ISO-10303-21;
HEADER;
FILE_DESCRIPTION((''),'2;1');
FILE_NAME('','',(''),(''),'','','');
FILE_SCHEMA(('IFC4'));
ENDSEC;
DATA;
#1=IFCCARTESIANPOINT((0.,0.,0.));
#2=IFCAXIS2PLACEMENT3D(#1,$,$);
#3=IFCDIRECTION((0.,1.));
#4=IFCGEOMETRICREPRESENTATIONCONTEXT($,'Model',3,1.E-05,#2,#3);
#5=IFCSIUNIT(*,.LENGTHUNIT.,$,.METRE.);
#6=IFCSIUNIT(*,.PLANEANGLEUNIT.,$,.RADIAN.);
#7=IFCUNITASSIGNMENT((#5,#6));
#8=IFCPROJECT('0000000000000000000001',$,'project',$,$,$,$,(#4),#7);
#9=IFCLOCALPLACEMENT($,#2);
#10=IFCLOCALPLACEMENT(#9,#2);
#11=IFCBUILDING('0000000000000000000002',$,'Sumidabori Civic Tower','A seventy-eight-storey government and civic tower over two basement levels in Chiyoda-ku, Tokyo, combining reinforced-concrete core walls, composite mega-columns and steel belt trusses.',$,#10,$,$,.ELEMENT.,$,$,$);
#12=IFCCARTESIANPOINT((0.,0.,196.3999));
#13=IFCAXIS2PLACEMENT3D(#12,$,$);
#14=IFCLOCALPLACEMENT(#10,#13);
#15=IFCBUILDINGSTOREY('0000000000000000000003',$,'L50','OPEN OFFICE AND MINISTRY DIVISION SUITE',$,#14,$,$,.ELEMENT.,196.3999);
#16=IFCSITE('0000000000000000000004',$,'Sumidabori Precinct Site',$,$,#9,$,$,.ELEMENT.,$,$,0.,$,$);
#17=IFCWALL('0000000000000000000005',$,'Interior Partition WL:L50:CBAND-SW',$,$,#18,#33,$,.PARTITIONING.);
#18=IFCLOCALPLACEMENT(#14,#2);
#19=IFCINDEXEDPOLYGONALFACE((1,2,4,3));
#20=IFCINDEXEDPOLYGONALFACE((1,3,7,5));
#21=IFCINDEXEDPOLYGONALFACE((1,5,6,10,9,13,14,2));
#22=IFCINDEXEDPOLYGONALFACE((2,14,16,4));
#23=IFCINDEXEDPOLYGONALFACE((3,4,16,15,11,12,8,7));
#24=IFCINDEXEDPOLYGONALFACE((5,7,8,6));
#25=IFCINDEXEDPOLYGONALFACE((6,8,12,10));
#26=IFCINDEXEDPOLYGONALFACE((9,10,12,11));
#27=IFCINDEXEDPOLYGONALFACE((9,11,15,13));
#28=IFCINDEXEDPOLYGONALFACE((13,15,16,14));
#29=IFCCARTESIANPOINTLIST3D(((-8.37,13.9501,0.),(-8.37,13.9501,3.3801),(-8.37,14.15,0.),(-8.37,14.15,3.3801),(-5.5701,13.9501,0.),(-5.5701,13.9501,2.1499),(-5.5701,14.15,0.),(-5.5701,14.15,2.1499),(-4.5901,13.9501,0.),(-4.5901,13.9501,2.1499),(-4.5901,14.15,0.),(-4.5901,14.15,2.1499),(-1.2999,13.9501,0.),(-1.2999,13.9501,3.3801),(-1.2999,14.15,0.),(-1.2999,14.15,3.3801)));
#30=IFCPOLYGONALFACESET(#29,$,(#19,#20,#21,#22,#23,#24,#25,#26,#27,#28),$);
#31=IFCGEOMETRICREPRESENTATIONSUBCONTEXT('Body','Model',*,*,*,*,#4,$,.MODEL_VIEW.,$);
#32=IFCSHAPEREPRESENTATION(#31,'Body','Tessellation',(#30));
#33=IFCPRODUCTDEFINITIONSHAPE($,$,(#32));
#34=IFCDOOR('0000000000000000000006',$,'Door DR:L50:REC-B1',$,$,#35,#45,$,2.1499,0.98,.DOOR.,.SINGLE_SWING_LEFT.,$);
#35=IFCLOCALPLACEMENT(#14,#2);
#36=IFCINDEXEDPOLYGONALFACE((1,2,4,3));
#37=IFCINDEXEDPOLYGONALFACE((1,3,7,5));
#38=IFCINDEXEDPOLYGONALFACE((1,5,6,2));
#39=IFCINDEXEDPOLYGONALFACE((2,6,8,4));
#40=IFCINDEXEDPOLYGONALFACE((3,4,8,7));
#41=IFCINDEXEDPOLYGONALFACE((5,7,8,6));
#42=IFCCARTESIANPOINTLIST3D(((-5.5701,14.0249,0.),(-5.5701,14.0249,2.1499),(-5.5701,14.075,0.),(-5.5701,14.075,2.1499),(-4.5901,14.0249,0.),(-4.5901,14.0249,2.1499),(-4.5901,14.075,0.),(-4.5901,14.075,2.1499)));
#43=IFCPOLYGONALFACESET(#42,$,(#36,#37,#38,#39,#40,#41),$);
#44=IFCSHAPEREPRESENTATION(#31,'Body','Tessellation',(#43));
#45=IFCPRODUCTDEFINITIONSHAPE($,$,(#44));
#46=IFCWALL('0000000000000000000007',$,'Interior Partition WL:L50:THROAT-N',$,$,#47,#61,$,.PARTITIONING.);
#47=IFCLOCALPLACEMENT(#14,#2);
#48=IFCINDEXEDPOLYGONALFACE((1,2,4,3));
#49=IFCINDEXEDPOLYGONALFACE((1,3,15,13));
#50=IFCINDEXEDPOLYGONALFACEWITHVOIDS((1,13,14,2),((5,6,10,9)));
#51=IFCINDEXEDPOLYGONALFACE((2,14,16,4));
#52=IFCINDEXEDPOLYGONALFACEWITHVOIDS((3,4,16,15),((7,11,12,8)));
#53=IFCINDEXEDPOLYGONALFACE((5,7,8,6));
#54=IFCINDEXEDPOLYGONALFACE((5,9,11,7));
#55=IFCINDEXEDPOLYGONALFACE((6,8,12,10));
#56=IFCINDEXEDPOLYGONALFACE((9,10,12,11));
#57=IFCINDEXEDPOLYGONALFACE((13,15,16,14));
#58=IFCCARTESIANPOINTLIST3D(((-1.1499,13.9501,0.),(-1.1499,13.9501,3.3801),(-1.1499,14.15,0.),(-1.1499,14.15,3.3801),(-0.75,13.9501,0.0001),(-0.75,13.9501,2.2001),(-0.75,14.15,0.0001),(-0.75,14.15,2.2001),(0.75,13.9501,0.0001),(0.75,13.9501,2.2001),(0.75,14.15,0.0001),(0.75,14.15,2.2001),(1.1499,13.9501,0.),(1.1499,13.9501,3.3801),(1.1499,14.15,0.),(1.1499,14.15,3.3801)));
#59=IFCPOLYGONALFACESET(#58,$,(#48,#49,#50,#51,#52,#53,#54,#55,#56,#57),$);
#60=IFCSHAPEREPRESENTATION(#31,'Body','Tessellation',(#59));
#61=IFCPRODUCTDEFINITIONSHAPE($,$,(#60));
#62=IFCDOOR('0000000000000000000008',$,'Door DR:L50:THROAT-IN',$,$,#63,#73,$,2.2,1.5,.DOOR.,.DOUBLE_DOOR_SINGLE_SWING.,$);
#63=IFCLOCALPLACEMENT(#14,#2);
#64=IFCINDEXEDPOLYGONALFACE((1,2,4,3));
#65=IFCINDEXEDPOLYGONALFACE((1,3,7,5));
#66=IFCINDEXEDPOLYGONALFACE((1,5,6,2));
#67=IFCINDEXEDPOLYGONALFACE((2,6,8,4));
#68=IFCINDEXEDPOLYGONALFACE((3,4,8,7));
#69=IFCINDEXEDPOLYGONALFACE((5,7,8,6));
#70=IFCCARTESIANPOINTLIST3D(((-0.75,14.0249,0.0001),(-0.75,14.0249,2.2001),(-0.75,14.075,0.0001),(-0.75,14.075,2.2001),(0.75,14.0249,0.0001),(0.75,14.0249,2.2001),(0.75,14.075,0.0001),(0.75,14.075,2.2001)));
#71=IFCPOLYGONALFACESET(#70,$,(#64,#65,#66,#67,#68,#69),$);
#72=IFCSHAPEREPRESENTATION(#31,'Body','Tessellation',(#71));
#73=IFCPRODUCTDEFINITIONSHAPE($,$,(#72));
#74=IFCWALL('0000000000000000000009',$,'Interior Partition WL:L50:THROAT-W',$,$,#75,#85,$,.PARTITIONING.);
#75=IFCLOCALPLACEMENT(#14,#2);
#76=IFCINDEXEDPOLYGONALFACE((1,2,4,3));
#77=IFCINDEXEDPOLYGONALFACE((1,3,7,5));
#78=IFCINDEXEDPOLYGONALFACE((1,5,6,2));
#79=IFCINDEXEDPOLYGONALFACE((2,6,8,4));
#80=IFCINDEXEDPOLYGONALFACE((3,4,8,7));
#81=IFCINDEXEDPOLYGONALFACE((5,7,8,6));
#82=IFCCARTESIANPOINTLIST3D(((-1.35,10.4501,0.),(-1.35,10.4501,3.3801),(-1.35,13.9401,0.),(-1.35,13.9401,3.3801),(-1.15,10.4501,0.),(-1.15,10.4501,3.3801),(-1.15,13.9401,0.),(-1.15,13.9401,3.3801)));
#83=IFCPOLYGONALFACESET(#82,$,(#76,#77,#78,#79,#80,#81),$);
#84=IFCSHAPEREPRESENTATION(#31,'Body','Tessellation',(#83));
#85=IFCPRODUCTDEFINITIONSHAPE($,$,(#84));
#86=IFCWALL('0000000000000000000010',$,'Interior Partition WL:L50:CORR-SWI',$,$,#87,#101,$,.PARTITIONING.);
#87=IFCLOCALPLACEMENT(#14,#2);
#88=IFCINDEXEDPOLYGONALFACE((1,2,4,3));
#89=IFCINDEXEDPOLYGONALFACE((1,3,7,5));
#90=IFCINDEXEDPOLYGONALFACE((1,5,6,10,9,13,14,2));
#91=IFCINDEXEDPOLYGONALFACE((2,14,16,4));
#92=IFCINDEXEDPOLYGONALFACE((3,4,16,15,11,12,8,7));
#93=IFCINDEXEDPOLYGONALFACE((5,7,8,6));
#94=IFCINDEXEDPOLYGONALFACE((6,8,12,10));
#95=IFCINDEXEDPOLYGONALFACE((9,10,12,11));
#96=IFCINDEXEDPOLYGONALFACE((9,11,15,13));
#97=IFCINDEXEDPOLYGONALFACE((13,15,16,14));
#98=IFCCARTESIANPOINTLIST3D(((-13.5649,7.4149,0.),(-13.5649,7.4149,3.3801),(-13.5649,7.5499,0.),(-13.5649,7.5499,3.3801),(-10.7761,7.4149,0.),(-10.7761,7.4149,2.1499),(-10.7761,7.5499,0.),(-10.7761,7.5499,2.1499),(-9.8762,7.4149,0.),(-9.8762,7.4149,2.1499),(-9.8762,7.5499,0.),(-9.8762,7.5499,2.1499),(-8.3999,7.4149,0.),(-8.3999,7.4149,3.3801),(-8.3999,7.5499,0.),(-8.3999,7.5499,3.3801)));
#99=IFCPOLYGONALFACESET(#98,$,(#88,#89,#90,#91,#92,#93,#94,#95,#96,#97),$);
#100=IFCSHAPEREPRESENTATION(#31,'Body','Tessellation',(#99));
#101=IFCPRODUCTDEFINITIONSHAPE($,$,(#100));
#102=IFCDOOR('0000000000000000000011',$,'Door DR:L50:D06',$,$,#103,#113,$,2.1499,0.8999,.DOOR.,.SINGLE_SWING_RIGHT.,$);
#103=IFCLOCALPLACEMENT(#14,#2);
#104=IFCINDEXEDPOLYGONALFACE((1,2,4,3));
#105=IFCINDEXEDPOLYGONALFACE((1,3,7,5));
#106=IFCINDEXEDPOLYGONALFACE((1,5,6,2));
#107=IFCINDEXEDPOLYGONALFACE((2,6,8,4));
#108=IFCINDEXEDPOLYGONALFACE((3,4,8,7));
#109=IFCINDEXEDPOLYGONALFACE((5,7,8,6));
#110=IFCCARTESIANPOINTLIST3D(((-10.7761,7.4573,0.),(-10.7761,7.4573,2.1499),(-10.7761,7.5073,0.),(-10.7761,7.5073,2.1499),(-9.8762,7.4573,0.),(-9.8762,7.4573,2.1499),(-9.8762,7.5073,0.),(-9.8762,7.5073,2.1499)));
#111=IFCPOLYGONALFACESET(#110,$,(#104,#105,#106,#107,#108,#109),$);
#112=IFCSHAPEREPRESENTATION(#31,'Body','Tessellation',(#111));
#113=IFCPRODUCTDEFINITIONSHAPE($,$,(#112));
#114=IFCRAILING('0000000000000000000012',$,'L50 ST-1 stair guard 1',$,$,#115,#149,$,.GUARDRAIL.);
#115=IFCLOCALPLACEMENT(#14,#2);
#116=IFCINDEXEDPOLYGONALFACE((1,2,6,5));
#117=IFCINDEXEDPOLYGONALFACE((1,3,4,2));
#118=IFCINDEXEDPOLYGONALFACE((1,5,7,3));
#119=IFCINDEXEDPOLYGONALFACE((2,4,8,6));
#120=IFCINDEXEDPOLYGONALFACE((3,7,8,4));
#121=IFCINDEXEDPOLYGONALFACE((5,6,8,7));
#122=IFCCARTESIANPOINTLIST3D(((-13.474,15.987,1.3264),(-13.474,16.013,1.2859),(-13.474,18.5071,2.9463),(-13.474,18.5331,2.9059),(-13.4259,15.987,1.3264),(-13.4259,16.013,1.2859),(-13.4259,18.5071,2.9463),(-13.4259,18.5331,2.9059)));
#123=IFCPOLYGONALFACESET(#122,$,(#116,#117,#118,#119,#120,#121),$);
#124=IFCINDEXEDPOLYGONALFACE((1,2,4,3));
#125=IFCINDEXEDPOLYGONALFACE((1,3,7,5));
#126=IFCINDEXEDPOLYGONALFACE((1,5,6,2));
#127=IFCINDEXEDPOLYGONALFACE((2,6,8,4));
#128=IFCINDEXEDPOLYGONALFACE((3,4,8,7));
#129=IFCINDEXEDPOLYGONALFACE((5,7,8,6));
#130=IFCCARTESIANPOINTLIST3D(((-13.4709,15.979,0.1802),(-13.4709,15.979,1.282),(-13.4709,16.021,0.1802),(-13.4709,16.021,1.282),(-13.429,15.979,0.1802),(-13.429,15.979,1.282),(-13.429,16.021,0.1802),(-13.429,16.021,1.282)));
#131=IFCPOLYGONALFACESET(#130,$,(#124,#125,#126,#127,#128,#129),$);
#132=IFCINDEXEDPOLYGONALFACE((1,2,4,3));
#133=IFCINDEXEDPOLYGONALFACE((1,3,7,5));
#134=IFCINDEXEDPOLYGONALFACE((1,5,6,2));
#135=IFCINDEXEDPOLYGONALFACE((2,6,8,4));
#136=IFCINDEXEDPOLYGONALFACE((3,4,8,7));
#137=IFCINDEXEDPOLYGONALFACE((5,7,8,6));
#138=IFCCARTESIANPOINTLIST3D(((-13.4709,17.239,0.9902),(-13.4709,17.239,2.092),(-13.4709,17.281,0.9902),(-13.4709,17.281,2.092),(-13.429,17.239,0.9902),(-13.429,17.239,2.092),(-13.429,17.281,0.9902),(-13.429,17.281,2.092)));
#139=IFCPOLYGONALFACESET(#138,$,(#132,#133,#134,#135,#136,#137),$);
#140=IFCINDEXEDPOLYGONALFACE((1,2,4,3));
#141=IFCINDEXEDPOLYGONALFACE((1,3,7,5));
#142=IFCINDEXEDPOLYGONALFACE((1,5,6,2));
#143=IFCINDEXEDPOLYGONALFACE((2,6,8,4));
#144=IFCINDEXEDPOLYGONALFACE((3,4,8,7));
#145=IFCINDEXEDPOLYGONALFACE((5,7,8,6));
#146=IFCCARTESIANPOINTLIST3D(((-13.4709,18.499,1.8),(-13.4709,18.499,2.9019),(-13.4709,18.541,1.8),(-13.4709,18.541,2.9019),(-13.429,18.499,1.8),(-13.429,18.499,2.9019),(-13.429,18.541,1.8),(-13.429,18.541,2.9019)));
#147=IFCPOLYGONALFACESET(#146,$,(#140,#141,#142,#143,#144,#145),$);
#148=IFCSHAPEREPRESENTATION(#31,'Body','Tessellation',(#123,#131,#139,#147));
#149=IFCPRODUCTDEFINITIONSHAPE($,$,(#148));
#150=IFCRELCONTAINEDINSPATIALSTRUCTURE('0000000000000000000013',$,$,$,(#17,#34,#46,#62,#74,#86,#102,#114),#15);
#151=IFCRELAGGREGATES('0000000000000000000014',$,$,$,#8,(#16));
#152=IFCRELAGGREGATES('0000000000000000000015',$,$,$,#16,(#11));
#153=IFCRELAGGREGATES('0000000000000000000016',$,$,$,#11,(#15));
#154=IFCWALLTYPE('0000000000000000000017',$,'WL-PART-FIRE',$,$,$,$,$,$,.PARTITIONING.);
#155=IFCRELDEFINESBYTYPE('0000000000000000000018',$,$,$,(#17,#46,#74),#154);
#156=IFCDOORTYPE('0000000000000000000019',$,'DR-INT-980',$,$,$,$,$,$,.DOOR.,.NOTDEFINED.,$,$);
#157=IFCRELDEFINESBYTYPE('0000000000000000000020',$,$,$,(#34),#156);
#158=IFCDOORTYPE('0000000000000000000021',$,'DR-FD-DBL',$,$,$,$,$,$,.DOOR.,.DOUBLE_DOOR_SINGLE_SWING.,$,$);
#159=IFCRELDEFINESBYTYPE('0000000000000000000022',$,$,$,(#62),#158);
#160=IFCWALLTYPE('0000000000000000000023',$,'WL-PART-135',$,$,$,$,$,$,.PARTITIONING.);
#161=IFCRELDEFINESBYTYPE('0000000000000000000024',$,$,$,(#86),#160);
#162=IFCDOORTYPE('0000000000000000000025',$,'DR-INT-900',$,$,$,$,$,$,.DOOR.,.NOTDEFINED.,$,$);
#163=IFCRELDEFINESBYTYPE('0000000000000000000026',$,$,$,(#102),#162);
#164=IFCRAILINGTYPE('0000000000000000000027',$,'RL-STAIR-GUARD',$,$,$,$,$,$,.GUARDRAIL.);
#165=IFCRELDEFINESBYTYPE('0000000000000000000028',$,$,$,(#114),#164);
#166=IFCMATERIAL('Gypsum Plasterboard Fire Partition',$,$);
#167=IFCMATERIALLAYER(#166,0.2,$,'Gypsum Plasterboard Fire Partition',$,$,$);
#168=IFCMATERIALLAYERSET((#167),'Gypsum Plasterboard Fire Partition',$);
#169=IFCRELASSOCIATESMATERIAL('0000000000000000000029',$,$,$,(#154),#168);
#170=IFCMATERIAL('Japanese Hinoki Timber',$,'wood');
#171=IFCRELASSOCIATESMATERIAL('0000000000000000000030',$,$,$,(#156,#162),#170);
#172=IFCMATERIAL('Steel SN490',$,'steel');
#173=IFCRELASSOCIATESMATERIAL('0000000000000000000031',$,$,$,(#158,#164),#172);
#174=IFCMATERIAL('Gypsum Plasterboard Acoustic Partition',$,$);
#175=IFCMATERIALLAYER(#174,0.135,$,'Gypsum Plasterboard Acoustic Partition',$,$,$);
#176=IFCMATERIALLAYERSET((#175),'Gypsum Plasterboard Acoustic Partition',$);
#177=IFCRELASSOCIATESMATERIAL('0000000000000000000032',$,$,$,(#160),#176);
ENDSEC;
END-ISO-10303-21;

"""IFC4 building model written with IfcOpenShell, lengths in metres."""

from ifc_helpers import new_model, si_unit, direction, frame, frame_2d, origin, origin_2d, place, context, subcontext, project, spatial, rectangle, extrude, source, transform, mapped, material, layer, layer_set, type_object, element, fill, save


model = new_model("IFC4")

# Units and contexts
model_context = context("Model", 3, precision=1e-05, world=origin(), true_north=direction((0.0, 1.0)))
body_context = subcontext(model_context, "Body", "Model", "MODEL_VIEW")
ifc_project = project(units=[si_unit("LENGTHUNIT", "METRE"), si_unit("PLANEANGLEUNIT", "RADIAN")], contexts=[model_context])

# Site, building, storey
site_placement = place(None, origin())
site = spatial("IfcSite", under=ifc_project, at=site_placement, Name="Sumidabori Precinct Site", CompositionType="ELEMENT", RefElevation=0.0)
building_placement = place(site_placement, origin())
building = spatial("IfcBuilding", under=site, at=building_placement, Name="Sumidabori Civic Tower", Description="A seventy-eight-storey government and civic tower over two basement levels in Chiyoda-ku, Tokyo, combining reinforced-concrete core walls, composite mega-columns and steel belt trusses.", CompositionType="ELEMENT")
storey_placement = place(building_placement, frame((0.0, 0.0, 196.3999)))
storey = spatial("IfcBuildingStorey", under=building, at=storey_placement, Name="L50", Description="OPEN OFFICE AND MINISTRY DIVISION SUITE", CompositionType="ELEMENT", Elevation=196.3999)

# Walls, openings, doors
ifc_material_1 = material(Name="Gypsum Plasterboard Fire Partition")
ifc_layer_1 = layer(ifc_material_1, 0.2, Name="Gypsum Plasterboard Fire Partition")
ifc_layer_set_1 = layer_set([ifc_layer_1], Name="Gypsum Plasterboard Fire Partition")
wall_type_1 = type_object("IfcWallType", Name="WL-PART-FIRE", PredefinedType="PARTITIONING", material=ifc_layer_set_1)
shared_shape_1 = source(origin(), body_context, "Body", "SweptSolid", [
    extrude(rectangle(XDim=7.0701, YDim=0.2, at=frame_2d((3.5352, 0.0))), origin(), (0.0, 0.0, 1.0), 3.3801),
])
wall_1_placement = place(storey_placement, frame((-8.3701, 14.05, 0.0), z_axis=(0.0, 0.0, 1.0), x_axis=(1.0, 0.0, 0.0)))
wall_1 = element("IfcWall", 1, at=wall_1_placement, inside=storey, type_object=wall_type_1, Name="Interior Partition WL:L50:CBAND-SW", PredefinedType="PARTITIONING", context=body_context, shape_type="MappedRepresentation", body=[
    mapped(shared_shape_1, transform((0.0, 0.0, 0.0), x_axis=(1.0, 0.0, 0.0), y_axis=(0.0, 1.0, 0.0), z_axis=(0.0, 0.0, 1.0), scale=1.0)),
])
opening_1_placement = place(wall_1_placement, frame((2.8, 0.0, 0.0)))
opening_1 = element("IfcOpeningElement", 2, at=opening_1_placement, cuts=wall_1, PredefinedType="OPENING", context=body_context, shape_type="SweptSolid", body=[
    extrude(rectangle(XDim=0.98, YDim=2.1499, at=frame_2d((0.49, 1.075))), frame((0.0, 0.1118, 0.0), z_axis=(0.0, -1.0, 0.0), x_axis=(1.0, 0.0, 0.0)), (0.0, 0.0, 1.0), 0.2239),
])
ifc_material_2 = material(Name="Japanese Hinoki Timber", Category="wood")
door_type_1 = type_object("IfcDoorType", Name="DR-INT-980", OperationType="NOTDEFINED", PredefinedType="DOOR", material=ifc_material_2)
shared_shape_2 = source(origin(), body_context, "Body", "SweptSolid", [
    extrude(rectangle(XDim=0.98, YDim=2.1499, at=frame_2d((0.49, 1.075))), frame((0.0, 0.0249, 0.0), z_axis=(0.0, -1.0, 0.0), x_axis=(1.0, 0.0, 0.0)), (0.0, 0.0, 1.0), 0.05),
])
door_1_placement = place(opening_1_placement, origin())
door_1 = element("IfcDoor", 3, at=door_1_placement, inside=storey, type_object=door_type_1, Name="Door DR:L50:REC-B1", OperationType="SINGLE_SWING_LEFT", OverallHeight=2.1499, OverallWidth=0.98, PredefinedType="DOOR", context=body_context, shape_type="MappedRepresentation", body=[
    mapped(shared_shape_2, transform((0.0, 0.0, 0.0), x_axis=(1.0, 0.0, 0.0), y_axis=(0.0, 1.0, 0.0), z_axis=(0.0, 0.0, 1.0), scale=1.0)),
])
fill(opening_1, door_1)
shared_shape_3 = source(origin(), body_context, "Body", "SweptSolid", [
    extrude(rectangle(XDim=2.2998, YDim=0.2, at=frame_2d((1.1499, 0.0))), origin(), (0.0, 0.0, 1.0), 3.3801),
])
wall_2_placement = place(storey_placement, frame((-1.1499, 14.05, 0.0), z_axis=(0.0, 0.0, 1.0), x_axis=(1.0, 0.0, 0.0)))
wall_2 = element("IfcWall", 4, at=wall_2_placement, inside=storey, type_object=wall_type_1, Name="Interior Partition WL:L50:THROAT-N", PredefinedType="PARTITIONING", context=body_context, shape_type="MappedRepresentation", body=[
    mapped(shared_shape_3, transform((0.0, 0.0, 0.0), x_axis=(1.0, 0.0, 0.0), y_axis=(0.0, 1.0, 0.0), z_axis=(0.0, 0.0, 1.0), scale=1.0)),
])
opening_2_placement = place(wall_2_placement, frame((0.3999, 0.0, 0.0)))
opening_2 = element("IfcOpeningElement", 5, at=opening_2_placement, cuts=wall_2, PredefinedType="OPENING", context=body_context, shape_type="SweptSolid", body=[
    extrude(rectangle(XDim=1.5, YDim=2.2, at=frame_2d((0.75, 1.1001))), frame((0.0, 0.1118, 0.0), z_axis=(0.0, -1.0, 0.0), x_axis=(1.0, 0.0, 0.0)), (0.0, 0.0, 1.0), 0.2239),
])
ifc_material_3 = material(Name="Steel SN490", Category="steel")
door_type_2 = type_object("IfcDoorType", Name="DR-FD-DBL", OperationType="DOUBLE_DOOR_SINGLE_SWING", PredefinedType="DOOR", material=ifc_material_3)
shared_shape_4 = source(origin(), body_context, "Body", "SweptSolid", [
    extrude(rectangle(XDim=1.5, YDim=2.2, at=frame_2d((0.75, 1.1001))), frame((0.0, 0.0249, 0.0), z_axis=(0.0, -1.0, 0.0), x_axis=(1.0, 0.0, 0.0)), (0.0, 0.0, 1.0), 0.05),
])
door_2_placement = place(opening_2_placement, origin())
door_2 = element("IfcDoor", 6, at=door_2_placement, inside=storey, type_object=door_type_2, Name="Door DR:L50:THROAT-IN", OperationType="DOUBLE_DOOR_SINGLE_SWING", OverallHeight=2.2, OverallWidth=1.5, PredefinedType="DOOR", context=body_context, shape_type="MappedRepresentation", body=[
    mapped(shared_shape_4, transform((0.0, 0.0, 0.0), x_axis=(1.0, 0.0, 0.0), y_axis=(0.0, 1.0, 0.0), z_axis=(0.0, 0.0, 1.0), scale=1.0)),
])
fill(opening_2, door_2)

# Wall
shared_shape_5 = source(origin(), body_context, "Body", "SweptSolid", [
    extrude(rectangle(XDim=3.49, YDim=0.2, at=frame_2d((1.7451, 0.0))), origin(), (0.0, 0.0, 1.0), 3.3801),
])
wall_3_placement = place(storey_placement, frame((-1.25, 10.45, 0.0), z_axis=(0.0, 0.0, 1.0), x_axis=(0.0, 1.0, 0.0)))
element("IfcWall", 7, at=wall_3_placement, inside=storey, type_object=wall_type_1, Name="Interior Partition WL:L50:THROAT-W", PredefinedType="PARTITIONING", context=body_context, shape_type="MappedRepresentation", body=[
    mapped(shared_shape_5, transform((0.0, 0.0, 0.0), x_axis=(1.0, 0.0, 0.0), y_axis=(0.0, 1.0, 0.0), z_axis=(0.0, 0.0, 1.0), scale=1.0)),
])

# Wall, opening, door
ifc_material_4 = material(Name="Gypsum Plasterboard Acoustic Partition")
ifc_layer_2 = layer(ifc_material_4, 0.135, Name="Gypsum Plasterboard Acoustic Partition")
ifc_layer_set_2 = layer_set([ifc_layer_2], Name="Gypsum Plasterboard Acoustic Partition")
wall_type_2 = type_object("IfcWallType", Name="WL-PART-135", PredefinedType="PARTITIONING", material=ifc_layer_set_2)
shared_shape_6 = source(origin(), body_context, "Body", "SweptSolid", [
    extrude(rectangle(XDim=5.165, YDim=0.135, at=frame_2d((2.5825, 0.0))), origin(), (0.0, 0.0, 1.0), 3.3801),
])
wall_4_placement = place(storey_placement, frame((-13.5649, 7.4824, 0.0), z_axis=(0.0, 0.0, 1.0), x_axis=(1.0, 0.0, 0.0)))
wall_4 = element("IfcWall", 8, at=wall_4_placement, inside=storey, type_object=wall_type_2, Name="Interior Partition WL:L50:CORR-SWI", PredefinedType="PARTITIONING", context=body_context, shape_type="MappedRepresentation", body=[
    mapped(shared_shape_6, transform((0.0, 0.0, 0.0), x_axis=(1.0, 0.0, 0.0), y_axis=(0.0, 1.0, 0.0), z_axis=(0.0, 0.0, 1.0), scale=1.0)),
])
opening_3_placement = place(wall_4_placement, frame((2.7888, 0.0, 0.0)))
opening_3 = element("IfcOpeningElement", 9, at=opening_3_placement, cuts=wall_4, PredefinedType="OPENING", context=body_context, shape_type="SweptSolid", body=[
    extrude(rectangle(XDim=0.8999, YDim=2.1499, at=frame_2d((0.45, 1.075))), frame((0.0, 0.0796, 0.0), z_axis=(0.0, -1.0, 0.0), x_axis=(1.0, 0.0, 0.0)), (0.0, 0.0, 1.0), 0.1589),
])
door_type_3 = type_object("IfcDoorType", Name="DR-INT-900", OperationType="NOTDEFINED", PredefinedType="DOOR", material=ifc_material_2)
shared_shape_7 = source(origin(), body_context, "Body", "SweptSolid", [
    extrude(rectangle(XDim=0.8999, YDim=2.1499, at=frame_2d((0.45, 1.075))), frame((0.0, 0.0249, 0.0), z_axis=(0.0, -1.0, 0.0), x_axis=(1.0, 0.0, 0.0)), (0.0, 0.0, 1.0), 0.05),
])
door_3_placement = place(opening_3_placement, origin())
door_3 = element("IfcDoor", 10, at=door_3_placement, inside=storey, type_object=door_type_3, Name="Door DR:L50:D06", OperationType="SINGLE_SWING_RIGHT", OverallHeight=2.1499, OverallWidth=0.8999, PredefinedType="DOOR", context=body_context, shape_type="MappedRepresentation", body=[
    mapped(shared_shape_7, transform((0.0, 0.0, 0.0), x_axis=(1.0, 0.0, 0.0), y_axis=(0.0, 1.0, 0.0), z_axis=(0.0, 0.0, 1.0), scale=1.0)),
])
fill(opening_3, door_3)

# Railing
railing_type = type_object("IfcRailingType", Name="RL-STAIR-GUARD", PredefinedType="GUARDRAIL", material=ifc_material_3)
railing_1_placement = place(storey_placement, frame((-13.45, 16.0, 0.1802)))
element("IfcRailing", 11, at=railing_1_placement, inside=storey, type_object=railing_type, Name="L50 ST-1 stair guard 1", PredefinedType="GUARDRAIL", context=body_context, shape_type="SweptSolid", body=[
    extrude(rectangle(XDim=0.0481, YDim=0.0481, at=origin_2d()), frame((0.0, 0.0, 1.126), z_axis=(0.0, 0.8412, 0.540725), x_axis=(-1.0, 0.0, 0.0)), (0.0, 0.0, 1.0), 2.9958),
    extrude(rectangle(XDim=0.042, YDim=0.042, at=origin_2d()), origin(), (0.0, 0.0, 1.0), 1.1018),
    extrude(rectangle(XDim=0.042, YDim=0.042, at=origin_2d()), frame((0.0, 1.26, 0.8101)), (0.0, 0.0, 1.0), 1.1018),
    extrude(rectangle(XDim=0.042, YDim=0.042, at=origin_2d()), frame((0.0, 2.52, 1.6199)), (0.0, 0.0, 1.0), 1.1018),
])

save(model, "model.ifc")
